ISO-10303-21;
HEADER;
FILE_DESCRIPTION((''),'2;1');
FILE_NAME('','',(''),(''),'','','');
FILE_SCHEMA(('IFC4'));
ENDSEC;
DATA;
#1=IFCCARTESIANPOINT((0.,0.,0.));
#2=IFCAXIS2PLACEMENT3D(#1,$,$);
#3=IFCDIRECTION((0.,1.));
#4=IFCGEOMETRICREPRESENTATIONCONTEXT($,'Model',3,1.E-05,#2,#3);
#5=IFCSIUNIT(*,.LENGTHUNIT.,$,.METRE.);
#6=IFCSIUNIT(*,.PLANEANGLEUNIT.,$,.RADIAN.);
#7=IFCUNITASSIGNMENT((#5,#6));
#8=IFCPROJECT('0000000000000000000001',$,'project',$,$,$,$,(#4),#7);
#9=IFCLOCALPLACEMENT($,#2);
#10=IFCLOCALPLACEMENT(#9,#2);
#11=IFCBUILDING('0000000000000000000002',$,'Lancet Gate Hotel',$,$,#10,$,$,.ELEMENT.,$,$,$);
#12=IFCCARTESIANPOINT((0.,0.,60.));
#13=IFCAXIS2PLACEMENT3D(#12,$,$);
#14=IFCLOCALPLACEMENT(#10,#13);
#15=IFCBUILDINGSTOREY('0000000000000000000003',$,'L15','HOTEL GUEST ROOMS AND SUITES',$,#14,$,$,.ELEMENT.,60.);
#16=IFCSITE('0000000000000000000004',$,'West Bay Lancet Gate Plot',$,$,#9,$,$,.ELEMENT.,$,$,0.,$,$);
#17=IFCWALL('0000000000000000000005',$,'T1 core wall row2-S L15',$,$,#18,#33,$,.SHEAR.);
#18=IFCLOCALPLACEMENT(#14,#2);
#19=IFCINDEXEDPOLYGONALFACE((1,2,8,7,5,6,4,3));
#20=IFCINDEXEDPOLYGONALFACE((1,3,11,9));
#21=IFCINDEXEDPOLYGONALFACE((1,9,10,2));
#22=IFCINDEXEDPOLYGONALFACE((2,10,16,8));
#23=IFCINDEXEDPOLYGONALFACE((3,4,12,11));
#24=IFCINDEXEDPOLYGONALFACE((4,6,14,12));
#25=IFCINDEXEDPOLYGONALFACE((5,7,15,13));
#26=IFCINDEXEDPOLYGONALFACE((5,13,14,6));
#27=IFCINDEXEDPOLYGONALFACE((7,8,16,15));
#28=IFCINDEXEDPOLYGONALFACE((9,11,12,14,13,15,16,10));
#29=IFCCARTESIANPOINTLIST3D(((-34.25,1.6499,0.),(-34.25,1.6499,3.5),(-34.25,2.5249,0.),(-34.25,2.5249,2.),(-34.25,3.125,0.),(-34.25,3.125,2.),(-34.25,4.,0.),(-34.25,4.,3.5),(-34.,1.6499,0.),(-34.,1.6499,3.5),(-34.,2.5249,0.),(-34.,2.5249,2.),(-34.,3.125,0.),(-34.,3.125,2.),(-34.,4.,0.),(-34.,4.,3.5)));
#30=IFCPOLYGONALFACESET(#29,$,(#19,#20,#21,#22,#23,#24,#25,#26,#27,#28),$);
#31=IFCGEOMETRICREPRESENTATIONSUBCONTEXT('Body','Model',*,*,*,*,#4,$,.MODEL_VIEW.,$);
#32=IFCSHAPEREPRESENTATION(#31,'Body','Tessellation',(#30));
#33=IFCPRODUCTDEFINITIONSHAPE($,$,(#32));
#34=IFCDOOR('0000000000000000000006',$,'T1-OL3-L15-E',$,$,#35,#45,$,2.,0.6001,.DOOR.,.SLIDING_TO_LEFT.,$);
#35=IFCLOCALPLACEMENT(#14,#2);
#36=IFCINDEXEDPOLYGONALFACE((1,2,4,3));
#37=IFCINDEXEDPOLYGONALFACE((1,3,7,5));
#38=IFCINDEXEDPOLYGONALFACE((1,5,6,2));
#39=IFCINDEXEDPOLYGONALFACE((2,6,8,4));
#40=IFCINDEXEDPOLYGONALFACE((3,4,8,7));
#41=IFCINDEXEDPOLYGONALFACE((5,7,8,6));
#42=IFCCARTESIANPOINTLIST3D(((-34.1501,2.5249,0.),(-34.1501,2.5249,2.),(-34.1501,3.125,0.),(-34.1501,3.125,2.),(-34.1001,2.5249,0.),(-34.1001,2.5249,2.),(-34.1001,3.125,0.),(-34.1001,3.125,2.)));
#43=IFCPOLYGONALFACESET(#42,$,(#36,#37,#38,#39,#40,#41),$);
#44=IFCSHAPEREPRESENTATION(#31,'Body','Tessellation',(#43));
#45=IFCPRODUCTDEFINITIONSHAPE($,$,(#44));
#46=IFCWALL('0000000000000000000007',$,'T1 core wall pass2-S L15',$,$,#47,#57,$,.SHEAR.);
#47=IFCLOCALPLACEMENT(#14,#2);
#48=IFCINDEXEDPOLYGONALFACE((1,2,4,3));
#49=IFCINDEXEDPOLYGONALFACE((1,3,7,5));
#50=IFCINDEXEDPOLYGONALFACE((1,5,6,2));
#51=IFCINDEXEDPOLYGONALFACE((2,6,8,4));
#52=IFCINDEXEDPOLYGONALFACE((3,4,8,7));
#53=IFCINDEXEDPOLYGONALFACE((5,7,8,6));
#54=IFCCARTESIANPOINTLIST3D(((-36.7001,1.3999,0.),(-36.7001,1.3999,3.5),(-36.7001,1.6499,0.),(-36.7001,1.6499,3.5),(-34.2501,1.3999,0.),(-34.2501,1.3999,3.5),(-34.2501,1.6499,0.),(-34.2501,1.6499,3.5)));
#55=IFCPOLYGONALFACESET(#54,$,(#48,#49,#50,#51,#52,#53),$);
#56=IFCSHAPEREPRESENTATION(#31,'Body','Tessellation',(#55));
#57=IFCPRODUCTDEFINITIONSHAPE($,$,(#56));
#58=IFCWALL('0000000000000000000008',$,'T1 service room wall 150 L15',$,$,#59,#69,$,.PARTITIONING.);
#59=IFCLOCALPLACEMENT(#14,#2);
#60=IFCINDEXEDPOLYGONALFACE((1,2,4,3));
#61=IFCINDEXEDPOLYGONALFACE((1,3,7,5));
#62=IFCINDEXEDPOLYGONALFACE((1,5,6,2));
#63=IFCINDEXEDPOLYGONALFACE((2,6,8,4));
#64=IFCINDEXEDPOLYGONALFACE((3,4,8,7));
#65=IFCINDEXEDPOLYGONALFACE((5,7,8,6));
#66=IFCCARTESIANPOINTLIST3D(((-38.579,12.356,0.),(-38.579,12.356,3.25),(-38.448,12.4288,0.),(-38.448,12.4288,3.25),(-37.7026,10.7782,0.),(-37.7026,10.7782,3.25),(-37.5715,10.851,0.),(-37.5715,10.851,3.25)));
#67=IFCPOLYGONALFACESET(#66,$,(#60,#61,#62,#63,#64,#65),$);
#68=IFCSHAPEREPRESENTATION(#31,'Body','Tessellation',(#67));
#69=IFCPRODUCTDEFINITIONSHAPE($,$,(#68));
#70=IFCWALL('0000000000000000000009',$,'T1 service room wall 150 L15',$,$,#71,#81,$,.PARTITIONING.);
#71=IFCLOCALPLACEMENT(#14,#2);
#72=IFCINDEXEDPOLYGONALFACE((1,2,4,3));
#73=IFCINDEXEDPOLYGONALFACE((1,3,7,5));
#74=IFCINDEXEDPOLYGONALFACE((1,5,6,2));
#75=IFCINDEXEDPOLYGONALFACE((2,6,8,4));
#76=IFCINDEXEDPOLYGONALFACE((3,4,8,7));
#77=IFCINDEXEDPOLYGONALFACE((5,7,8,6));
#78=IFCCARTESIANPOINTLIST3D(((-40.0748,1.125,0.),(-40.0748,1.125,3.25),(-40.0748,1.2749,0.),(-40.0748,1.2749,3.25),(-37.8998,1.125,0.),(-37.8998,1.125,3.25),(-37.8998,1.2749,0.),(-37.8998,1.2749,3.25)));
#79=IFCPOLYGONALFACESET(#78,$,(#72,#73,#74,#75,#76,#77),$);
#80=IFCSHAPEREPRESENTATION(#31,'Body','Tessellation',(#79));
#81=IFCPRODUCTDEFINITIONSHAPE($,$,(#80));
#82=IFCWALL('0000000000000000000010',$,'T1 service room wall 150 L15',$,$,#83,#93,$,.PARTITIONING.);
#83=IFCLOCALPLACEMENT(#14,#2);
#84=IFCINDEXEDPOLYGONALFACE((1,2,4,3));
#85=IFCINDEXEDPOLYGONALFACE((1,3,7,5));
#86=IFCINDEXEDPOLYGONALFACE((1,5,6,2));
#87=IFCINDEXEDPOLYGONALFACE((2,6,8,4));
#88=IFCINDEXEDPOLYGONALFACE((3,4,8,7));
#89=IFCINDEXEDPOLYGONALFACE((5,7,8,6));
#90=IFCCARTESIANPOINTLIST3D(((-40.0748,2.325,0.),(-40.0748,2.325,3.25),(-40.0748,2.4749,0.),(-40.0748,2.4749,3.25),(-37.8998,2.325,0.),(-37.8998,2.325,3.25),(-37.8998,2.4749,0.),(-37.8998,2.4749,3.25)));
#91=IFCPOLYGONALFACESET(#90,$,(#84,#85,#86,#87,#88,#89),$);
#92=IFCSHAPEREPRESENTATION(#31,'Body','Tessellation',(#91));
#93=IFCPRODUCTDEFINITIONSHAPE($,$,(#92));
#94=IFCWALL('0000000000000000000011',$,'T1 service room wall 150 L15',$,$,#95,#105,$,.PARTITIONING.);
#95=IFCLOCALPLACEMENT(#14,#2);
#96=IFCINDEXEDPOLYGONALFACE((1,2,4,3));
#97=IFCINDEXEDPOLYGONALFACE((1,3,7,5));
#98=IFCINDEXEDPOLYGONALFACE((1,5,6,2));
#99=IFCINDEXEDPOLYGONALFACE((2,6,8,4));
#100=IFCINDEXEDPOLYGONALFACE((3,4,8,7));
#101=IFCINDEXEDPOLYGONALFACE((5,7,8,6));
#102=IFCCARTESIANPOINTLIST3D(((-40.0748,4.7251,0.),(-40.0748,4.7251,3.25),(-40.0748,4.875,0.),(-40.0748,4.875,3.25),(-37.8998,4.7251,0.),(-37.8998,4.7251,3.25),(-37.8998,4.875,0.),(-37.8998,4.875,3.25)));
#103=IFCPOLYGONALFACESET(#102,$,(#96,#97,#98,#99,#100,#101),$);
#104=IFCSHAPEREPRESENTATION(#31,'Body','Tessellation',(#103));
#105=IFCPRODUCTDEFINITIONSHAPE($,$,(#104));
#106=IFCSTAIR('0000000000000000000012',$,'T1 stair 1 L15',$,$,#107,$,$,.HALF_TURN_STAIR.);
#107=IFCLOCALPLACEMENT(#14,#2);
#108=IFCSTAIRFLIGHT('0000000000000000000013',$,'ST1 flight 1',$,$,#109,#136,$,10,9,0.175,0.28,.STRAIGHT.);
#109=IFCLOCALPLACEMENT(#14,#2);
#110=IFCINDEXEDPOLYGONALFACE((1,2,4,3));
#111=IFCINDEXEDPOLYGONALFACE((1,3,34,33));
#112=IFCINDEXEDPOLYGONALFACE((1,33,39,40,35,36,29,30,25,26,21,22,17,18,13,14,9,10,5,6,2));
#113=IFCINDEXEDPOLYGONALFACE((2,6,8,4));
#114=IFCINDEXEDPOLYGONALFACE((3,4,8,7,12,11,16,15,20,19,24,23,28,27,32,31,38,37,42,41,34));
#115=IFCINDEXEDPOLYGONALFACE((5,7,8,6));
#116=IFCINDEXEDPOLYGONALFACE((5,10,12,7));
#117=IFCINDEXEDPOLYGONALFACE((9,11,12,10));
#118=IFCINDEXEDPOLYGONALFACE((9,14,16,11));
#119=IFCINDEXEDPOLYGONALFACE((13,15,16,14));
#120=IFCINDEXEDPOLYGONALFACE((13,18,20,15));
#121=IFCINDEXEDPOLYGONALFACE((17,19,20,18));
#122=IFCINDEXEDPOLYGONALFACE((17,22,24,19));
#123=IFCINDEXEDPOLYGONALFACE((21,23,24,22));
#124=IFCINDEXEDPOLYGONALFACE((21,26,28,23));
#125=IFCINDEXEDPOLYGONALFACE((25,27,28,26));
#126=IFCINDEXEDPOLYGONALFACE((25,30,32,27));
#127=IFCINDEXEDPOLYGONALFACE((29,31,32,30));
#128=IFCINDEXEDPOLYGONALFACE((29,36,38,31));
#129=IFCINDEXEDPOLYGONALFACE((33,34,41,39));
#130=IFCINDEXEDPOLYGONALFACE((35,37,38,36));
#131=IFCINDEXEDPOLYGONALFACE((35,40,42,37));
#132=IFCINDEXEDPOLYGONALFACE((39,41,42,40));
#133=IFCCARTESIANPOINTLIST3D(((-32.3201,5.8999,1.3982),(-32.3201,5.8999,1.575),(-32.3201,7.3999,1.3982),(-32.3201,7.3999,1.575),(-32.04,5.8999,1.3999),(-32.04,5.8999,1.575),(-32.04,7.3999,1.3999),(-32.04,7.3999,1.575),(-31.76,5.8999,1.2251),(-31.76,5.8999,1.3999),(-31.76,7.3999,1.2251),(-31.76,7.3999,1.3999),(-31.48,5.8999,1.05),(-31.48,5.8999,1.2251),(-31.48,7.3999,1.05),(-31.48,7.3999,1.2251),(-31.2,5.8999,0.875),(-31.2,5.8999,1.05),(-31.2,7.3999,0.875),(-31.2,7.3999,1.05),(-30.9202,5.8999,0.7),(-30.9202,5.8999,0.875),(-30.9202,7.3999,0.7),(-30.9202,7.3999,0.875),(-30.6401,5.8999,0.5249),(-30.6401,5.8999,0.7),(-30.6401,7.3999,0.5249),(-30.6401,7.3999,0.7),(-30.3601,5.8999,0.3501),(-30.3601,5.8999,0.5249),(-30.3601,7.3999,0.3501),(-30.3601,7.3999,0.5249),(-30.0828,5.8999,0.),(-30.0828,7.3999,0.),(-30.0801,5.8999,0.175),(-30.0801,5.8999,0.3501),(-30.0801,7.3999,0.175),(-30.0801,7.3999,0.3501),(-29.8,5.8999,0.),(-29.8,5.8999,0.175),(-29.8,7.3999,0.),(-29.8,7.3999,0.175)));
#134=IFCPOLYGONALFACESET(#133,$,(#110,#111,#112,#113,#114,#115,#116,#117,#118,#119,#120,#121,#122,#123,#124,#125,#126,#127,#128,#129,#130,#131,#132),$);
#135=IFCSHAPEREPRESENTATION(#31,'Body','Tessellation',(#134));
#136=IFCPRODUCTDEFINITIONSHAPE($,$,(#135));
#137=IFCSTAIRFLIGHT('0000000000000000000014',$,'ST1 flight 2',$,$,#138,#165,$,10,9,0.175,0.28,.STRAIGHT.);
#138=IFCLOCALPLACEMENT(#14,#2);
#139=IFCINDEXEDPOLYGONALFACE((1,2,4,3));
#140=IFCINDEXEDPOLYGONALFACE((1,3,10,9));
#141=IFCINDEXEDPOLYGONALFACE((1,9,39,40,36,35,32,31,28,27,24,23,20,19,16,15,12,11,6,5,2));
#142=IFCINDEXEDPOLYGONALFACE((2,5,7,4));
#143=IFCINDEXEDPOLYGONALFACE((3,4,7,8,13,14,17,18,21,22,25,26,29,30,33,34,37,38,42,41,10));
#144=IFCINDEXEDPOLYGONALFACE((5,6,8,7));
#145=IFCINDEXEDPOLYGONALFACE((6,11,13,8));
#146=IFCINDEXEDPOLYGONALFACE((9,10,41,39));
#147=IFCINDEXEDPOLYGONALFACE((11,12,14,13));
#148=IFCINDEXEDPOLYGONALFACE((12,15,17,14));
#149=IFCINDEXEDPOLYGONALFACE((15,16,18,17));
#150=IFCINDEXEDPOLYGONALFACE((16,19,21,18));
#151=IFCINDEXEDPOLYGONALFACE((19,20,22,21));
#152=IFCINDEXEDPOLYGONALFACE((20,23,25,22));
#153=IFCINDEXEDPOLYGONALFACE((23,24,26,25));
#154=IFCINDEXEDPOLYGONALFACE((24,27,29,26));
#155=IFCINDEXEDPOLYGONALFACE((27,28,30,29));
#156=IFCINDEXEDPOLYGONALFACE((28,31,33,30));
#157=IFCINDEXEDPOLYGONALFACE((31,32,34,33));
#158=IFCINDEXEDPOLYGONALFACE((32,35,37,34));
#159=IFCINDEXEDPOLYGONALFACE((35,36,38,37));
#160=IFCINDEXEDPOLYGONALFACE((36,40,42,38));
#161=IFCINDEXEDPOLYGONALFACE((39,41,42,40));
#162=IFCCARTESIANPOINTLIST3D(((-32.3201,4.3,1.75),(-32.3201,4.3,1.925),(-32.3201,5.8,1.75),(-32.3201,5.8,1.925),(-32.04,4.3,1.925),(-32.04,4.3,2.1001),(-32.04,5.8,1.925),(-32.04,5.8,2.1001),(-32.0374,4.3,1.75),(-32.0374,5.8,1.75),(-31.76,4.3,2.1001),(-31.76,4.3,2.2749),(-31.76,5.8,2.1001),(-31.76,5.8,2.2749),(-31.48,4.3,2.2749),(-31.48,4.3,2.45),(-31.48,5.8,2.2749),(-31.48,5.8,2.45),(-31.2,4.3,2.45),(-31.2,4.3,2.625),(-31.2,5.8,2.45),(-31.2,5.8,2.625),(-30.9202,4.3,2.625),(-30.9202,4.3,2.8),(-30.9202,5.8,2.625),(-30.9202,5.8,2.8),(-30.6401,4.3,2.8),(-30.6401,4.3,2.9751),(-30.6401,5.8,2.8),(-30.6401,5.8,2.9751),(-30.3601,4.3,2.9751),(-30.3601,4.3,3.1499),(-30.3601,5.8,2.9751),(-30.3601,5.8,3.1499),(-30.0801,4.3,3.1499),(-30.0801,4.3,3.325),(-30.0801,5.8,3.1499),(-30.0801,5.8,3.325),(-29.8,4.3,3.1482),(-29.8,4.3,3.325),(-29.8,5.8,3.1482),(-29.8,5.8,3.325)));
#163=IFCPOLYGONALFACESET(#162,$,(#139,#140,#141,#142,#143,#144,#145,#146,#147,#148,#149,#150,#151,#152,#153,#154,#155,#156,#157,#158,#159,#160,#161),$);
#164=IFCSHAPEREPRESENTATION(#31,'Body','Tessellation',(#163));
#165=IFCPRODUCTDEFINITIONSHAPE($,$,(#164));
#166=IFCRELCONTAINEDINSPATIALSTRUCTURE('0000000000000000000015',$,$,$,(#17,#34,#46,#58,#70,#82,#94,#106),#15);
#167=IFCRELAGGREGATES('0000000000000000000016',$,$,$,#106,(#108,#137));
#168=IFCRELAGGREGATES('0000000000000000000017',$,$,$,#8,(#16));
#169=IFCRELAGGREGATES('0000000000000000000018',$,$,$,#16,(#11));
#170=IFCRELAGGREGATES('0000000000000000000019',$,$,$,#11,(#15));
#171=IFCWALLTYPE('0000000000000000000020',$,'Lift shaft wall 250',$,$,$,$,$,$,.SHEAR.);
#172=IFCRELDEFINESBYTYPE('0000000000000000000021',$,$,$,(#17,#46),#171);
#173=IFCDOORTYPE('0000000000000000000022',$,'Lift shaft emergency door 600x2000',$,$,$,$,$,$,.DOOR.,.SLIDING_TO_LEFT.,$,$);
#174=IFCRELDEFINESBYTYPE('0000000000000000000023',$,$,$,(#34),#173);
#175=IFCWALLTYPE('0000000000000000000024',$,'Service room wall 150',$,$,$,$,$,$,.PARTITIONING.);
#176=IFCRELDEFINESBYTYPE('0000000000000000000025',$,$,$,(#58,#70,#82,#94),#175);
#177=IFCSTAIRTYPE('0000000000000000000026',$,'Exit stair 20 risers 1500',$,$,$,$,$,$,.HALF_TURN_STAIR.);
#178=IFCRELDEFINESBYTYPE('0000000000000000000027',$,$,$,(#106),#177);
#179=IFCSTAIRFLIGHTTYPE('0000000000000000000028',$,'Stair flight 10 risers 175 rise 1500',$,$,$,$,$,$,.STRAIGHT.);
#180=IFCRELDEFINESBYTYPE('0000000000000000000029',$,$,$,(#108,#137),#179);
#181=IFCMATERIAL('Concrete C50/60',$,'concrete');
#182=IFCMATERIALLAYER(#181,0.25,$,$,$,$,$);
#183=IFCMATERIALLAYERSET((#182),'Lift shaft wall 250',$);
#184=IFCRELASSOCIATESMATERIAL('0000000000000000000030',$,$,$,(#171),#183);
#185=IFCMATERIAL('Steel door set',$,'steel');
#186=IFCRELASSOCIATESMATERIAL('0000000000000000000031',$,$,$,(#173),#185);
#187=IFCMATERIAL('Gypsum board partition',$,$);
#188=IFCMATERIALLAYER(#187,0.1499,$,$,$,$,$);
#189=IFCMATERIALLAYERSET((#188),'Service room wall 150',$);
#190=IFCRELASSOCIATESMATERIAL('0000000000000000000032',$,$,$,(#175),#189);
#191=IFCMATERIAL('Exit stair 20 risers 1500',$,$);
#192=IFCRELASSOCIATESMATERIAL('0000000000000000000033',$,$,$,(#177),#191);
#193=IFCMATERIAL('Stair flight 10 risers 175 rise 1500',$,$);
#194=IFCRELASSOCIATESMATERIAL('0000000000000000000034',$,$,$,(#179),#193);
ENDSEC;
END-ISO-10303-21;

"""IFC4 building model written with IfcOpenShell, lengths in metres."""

from ifc_helpers import new_model, si_unit, direction, frame, frame_2d, origin, place, context, subcontext, project, spatial, polyline, rectangle, outline, extrude, material, layer, layer_set, type_object, element, fill, aggregate, save


model = new_model("IFC4")

# Units and contexts
model_context = context("Model", 3, precision=1e-05, world=origin(), true_north=direction((0.0, 1.0)))
body_context = subcontext(model_context, "Body", "Model", "MODEL_VIEW")
ifc_project = project(units=[si_unit("LENGTHUNIT", "METRE"), si_unit("PLANEANGLEUNIT", "RADIAN")], contexts=[model_context])

# Site, building, storey
site_placement = place(None, origin())
site = spatial("IfcSite", under=ifc_project, at=site_placement, Name="West Bay Lancet Gate Plot", CompositionType="ELEMENT", RefElevation=0.0)
building_placement = place(site_placement, origin())
building = spatial("IfcBuilding", under=site, at=building_placement, Name="Lancet Gate Hotel", CompositionType="ELEMENT")
storey_placement = place(building_placement, frame((0.0, 0.0, 60.0)))
storey = spatial("IfcBuildingStorey", under=building, at=storey_placement, Name="L15", Description="HOTEL GUEST ROOMS AND SUITES", CompositionType="ELEMENT", Elevation=60.0)

# Wall, opening, door
ifc_material_1 = material(Name="Concrete C50/60", Category="concrete")
ifc_layer_1 = layer(ifc_material_1, 0.25)
ifc_layer_set_1 = layer_set([ifc_layer_1], Name="Lift shaft wall 250")
wall_type_1 = type_object("IfcWallType", Name="Lift shaft wall 250", PredefinedType="SHEAR", material=ifc_layer_set_1)
wall_1_placement = place(storey_placement, frame((-34.125, 4.0, 0.0), z_axis=(0.0, 0.0, 1.0), x_axis=(0.0, -1.0, 0.0)))
wall_1 = element("IfcWall", 1, at=wall_1_placement, inside=storey, type_object=wall_type_1, Name="T1 core wall row2-S L15", PredefinedType="SHEAR", context=body_context, shape_type="SweptSolid", body=[
    extrude(rectangle(XDim=2.3501, YDim=0.25, at=frame_2d((1.175, 0.0))), origin(), (0.0, 0.0, 1.0), 3.5),
])
opening_1_placement = place(wall_1_placement, frame((0.875, 0.0, 0.0)))
opening_1 = element("IfcOpeningElement", 2, at=opening_1_placement, cuts=wall_1, PredefinedType="OPENING", context=body_context, shape_type="SweptSolid", body=[
    extrude(rectangle(XDim=0.6001, YDim=2.0, at=frame_2d((0.3, 1.0))), frame((0.0, 0.135, 0.0), z_axis=(0.0, -1.0, 0.0), x_axis=(1.0, 0.0, 0.0)), (0.0, 0.0, 1.0), 0.27),
])
ifc_material_2 = material(Name="Steel door set", Category="steel")
door_type_1 = type_object("IfcDoorType", Name="Lift shaft emergency door 600x2000", OperationType="SLIDING_TO_LEFT", PredefinedType="DOOR", material=ifc_material_2)
door_1_placement = place(opening_1_placement, origin())
door_1 = element("IfcDoor", 3, at=door_1_placement, inside=storey, type_object=door_type_1, Name="T1-OL3-L15-E", OperationType="SLIDING_TO_LEFT", OverallHeight=2.0, OverallWidth=0.6001, PredefinedType="DOOR", context=body_context, shape_type="SweptSolid", body=[
    extrude(rectangle(XDim=0.6001, YDim=2.0, at=frame_2d((0.3, 1.0))), frame((0.0, 0.0249, 0.0), z_axis=(0.0, -1.0, 0.0), x_axis=(1.0, 0.0, 0.0)), (0.0, 0.0, 1.0), 0.05),
])
fill(opening_1, door_1)

# Walls
wall_2_placement = place(storey_placement, frame((-34.25, 1.5249, 0.0), z_axis=(0.0, 0.0, 1.0), x_axis=(-1.0, 0.0, 0.0)))
element("IfcWall", 4, at=wall_2_placement, inside=storey, type_object=wall_type_1, Name="T1 core wall pass2-S L15", PredefinedType="SHEAR", context=body_context, shape_type="SweptSolid", body=[
    extrude(rectangle(XDim=2.45, YDim=0.25, at=frame_2d((1.2251, 0.0))), origin(), (0.0, 0.0, 1.0), 3.5),
])
ifc_material_3 = material(Name="Gypsum board partition")
ifc_layer_2 = layer(ifc_material_3, 0.1499)
ifc_layer_set_2 = layer_set([ifc_layer_2], Name="Service room wall 150")
wall_type_2 = type_object("IfcWallType", Name="Service room wall 150", PredefinedType="PARTITIONING", material=ifc_layer_set_2)
wall_3_placement = place(storey_placement, frame((-38.5134, 12.3923, 0.0), z_axis=(0.0, 0.0, 1.0), x_axis=(0.485586, -0.874189, 0.0)))
element("IfcWall", 5, at=wall_3_placement, inside=storey, type_object=wall_type_2, Name="T1 service room wall 150 L15", PredefinedType="PARTITIONING", context=body_context, shape_type="SweptSolid", body=[
    extrude(rectangle(XDim=1.8049, YDim=0.1499, at=frame_2d((0.9023, 0.0))), origin(), (0.0, 0.0, 1.0), 3.25),
])
for number, where, z_axis, x_axis, name in (
    (6, (-37.8999, 1.2, 0.0), (0.0, 0.0, 1.0), (-1.0, 0.0, 0.0), "T1 service room wall 150 L15"),
    (7, (-37.8999, 2.3999, 0.0), (0.0, 0.0, 1.0), (-1.0, 0.0, 0.0), "T1 service room wall 150 L15"),
    (8, (-37.8999, 4.8, 0.0), (0.0, 0.0, 1.0), (-1.0, 0.0, 0.0), "T1 service room wall 150 L15"),
):
    element("IfcWall", number, at=place(storey_placement, frame(where, z_axis=z_axis, x_axis=x_axis)), inside=storey, type_object=wall_type_2, Name=name, PredefinedType="PARTITIONING", context=body_context, shape_type="SweptSolid", body=[
        extrude(rectangle(XDim=2.175, YDim=0.1499, at=frame_2d((1.0874, 0.0))), origin(), (0.0, 0.0, 1.0), 3.25),
    ])

# Stair, stair flights
ifc_material_4 = material(Name="Exit stair 20 risers 1500")
stair_type = type_object("IfcStairType", Name="Exit stair 20 risers 1500", PredefinedType="HALF_TURN_STAIR", material=ifc_material_4)
stair_placement = place(storey_placement, origin())
stair = element("IfcStair", 9, at=stair_placement, inside=storey, type_object=stair_type, Name="T1 stair 1 L15", PredefinedType="HALF_TURN_STAIR")
ifc_material_5 = material(Name="Stair flight 10 risers 175 rise 1500")
stair_flight_type = type_object("IfcStairFlightType", Name="Stair flight 10 risers 175 rise 1500", PredefinedType="STRAIGHT", material=ifc_material_5)
stair_flight_1_placement = place(storey_placement, frame((-29.8, 6.6499, 0.0), z_axis=(0.0, 0.0, 1.0), x_axis=(-1.0, 0.0, 0.0)))
stair_flight_1 = element("IfcStairFlight", 10, at=stair_flight_1_placement, type_object=stair_flight_type, Name="ST1 flight 1", NumberOfRisers=10, NumberOfTreads=9, PredefinedType="STRAIGHT", RiserHeight=0.175, TreadLength=0.28, context=body_context, shape_type="SweptSolid", body=[
    extrude(outline(polyline([(0.0, 0.0), (0.0, 0.175), (0.28, 0.175), (0.28, 0.3501), (0.5601, 0.3501), (0.5601, 0.5249), (0.8401, 0.5249), (0.8401, 0.7), (1.1201, 0.7), (1.1201, 0.875), (1.3999, 0.875), (1.3999, 1.05), (1.6799, 1.05), (1.6799, 1.2251), (1.96, 1.2251), (1.96, 1.3999), (2.24, 1.3999), (2.24, 1.575), (2.52, 1.575), (2.52, 1.75), (2.52, 1.3982), (0.2827, 0.0), (0.0, 0.0)])), frame((0.0, 0.75, 0.0), z_axis=(0.0, -1.0, 0.0), x_axis=(1.0, 0.0, 0.0)), (0.0, 0.0, 1.0), 1.5),
])
stair_flight_2_placement = place(storey_placement, frame((-32.3201, 5.05, 1.75), z_axis=(0.0, 0.0, 1.0), x_axis=(1.0, 0.0, 0.0)))
stair_flight_2 = element("IfcStairFlight", 11, at=stair_flight_2_placement, type_object=stair_flight_type, Name="ST1 flight 2", NumberOfRisers=10, NumberOfTreads=9, PredefinedType="STRAIGHT", RiserHeight=0.175, TreadLength=0.28, context=body_context, shape_type="SweptSolid", body=[
    extrude(outline(polyline([(0.0, 0.0), (0.0, 0.175), (0.28, 0.175), (0.28, 0.3501), (0.5601, 0.3501), (0.5601, 0.5249), (0.8401, 0.5249), (0.8401, 0.7), (1.1201, 0.7), (1.1201, 0.875), (1.3999, 0.875), (1.3999, 1.05), (1.6799, 1.05), (1.6799, 1.2251), (1.96, 1.2251), (1.96, 1.3999), (2.24, 1.3999), (2.24, 1.575), (2.52, 1.575), (2.52, 1.75), (2.52, 1.3982), (0.2827, 0.0), (0.0, 0.0)])), frame((0.0, 0.75, 0.0), z_axis=(0.0, -1.0, 0.0), x_axis=(1.0, 0.0, 0.0)), (0.0, 0.0, 1.0), 1.5),
])
aggregate(stair, [stair_flight_1, stair_flight_2])

save(model, "model.ifc")
